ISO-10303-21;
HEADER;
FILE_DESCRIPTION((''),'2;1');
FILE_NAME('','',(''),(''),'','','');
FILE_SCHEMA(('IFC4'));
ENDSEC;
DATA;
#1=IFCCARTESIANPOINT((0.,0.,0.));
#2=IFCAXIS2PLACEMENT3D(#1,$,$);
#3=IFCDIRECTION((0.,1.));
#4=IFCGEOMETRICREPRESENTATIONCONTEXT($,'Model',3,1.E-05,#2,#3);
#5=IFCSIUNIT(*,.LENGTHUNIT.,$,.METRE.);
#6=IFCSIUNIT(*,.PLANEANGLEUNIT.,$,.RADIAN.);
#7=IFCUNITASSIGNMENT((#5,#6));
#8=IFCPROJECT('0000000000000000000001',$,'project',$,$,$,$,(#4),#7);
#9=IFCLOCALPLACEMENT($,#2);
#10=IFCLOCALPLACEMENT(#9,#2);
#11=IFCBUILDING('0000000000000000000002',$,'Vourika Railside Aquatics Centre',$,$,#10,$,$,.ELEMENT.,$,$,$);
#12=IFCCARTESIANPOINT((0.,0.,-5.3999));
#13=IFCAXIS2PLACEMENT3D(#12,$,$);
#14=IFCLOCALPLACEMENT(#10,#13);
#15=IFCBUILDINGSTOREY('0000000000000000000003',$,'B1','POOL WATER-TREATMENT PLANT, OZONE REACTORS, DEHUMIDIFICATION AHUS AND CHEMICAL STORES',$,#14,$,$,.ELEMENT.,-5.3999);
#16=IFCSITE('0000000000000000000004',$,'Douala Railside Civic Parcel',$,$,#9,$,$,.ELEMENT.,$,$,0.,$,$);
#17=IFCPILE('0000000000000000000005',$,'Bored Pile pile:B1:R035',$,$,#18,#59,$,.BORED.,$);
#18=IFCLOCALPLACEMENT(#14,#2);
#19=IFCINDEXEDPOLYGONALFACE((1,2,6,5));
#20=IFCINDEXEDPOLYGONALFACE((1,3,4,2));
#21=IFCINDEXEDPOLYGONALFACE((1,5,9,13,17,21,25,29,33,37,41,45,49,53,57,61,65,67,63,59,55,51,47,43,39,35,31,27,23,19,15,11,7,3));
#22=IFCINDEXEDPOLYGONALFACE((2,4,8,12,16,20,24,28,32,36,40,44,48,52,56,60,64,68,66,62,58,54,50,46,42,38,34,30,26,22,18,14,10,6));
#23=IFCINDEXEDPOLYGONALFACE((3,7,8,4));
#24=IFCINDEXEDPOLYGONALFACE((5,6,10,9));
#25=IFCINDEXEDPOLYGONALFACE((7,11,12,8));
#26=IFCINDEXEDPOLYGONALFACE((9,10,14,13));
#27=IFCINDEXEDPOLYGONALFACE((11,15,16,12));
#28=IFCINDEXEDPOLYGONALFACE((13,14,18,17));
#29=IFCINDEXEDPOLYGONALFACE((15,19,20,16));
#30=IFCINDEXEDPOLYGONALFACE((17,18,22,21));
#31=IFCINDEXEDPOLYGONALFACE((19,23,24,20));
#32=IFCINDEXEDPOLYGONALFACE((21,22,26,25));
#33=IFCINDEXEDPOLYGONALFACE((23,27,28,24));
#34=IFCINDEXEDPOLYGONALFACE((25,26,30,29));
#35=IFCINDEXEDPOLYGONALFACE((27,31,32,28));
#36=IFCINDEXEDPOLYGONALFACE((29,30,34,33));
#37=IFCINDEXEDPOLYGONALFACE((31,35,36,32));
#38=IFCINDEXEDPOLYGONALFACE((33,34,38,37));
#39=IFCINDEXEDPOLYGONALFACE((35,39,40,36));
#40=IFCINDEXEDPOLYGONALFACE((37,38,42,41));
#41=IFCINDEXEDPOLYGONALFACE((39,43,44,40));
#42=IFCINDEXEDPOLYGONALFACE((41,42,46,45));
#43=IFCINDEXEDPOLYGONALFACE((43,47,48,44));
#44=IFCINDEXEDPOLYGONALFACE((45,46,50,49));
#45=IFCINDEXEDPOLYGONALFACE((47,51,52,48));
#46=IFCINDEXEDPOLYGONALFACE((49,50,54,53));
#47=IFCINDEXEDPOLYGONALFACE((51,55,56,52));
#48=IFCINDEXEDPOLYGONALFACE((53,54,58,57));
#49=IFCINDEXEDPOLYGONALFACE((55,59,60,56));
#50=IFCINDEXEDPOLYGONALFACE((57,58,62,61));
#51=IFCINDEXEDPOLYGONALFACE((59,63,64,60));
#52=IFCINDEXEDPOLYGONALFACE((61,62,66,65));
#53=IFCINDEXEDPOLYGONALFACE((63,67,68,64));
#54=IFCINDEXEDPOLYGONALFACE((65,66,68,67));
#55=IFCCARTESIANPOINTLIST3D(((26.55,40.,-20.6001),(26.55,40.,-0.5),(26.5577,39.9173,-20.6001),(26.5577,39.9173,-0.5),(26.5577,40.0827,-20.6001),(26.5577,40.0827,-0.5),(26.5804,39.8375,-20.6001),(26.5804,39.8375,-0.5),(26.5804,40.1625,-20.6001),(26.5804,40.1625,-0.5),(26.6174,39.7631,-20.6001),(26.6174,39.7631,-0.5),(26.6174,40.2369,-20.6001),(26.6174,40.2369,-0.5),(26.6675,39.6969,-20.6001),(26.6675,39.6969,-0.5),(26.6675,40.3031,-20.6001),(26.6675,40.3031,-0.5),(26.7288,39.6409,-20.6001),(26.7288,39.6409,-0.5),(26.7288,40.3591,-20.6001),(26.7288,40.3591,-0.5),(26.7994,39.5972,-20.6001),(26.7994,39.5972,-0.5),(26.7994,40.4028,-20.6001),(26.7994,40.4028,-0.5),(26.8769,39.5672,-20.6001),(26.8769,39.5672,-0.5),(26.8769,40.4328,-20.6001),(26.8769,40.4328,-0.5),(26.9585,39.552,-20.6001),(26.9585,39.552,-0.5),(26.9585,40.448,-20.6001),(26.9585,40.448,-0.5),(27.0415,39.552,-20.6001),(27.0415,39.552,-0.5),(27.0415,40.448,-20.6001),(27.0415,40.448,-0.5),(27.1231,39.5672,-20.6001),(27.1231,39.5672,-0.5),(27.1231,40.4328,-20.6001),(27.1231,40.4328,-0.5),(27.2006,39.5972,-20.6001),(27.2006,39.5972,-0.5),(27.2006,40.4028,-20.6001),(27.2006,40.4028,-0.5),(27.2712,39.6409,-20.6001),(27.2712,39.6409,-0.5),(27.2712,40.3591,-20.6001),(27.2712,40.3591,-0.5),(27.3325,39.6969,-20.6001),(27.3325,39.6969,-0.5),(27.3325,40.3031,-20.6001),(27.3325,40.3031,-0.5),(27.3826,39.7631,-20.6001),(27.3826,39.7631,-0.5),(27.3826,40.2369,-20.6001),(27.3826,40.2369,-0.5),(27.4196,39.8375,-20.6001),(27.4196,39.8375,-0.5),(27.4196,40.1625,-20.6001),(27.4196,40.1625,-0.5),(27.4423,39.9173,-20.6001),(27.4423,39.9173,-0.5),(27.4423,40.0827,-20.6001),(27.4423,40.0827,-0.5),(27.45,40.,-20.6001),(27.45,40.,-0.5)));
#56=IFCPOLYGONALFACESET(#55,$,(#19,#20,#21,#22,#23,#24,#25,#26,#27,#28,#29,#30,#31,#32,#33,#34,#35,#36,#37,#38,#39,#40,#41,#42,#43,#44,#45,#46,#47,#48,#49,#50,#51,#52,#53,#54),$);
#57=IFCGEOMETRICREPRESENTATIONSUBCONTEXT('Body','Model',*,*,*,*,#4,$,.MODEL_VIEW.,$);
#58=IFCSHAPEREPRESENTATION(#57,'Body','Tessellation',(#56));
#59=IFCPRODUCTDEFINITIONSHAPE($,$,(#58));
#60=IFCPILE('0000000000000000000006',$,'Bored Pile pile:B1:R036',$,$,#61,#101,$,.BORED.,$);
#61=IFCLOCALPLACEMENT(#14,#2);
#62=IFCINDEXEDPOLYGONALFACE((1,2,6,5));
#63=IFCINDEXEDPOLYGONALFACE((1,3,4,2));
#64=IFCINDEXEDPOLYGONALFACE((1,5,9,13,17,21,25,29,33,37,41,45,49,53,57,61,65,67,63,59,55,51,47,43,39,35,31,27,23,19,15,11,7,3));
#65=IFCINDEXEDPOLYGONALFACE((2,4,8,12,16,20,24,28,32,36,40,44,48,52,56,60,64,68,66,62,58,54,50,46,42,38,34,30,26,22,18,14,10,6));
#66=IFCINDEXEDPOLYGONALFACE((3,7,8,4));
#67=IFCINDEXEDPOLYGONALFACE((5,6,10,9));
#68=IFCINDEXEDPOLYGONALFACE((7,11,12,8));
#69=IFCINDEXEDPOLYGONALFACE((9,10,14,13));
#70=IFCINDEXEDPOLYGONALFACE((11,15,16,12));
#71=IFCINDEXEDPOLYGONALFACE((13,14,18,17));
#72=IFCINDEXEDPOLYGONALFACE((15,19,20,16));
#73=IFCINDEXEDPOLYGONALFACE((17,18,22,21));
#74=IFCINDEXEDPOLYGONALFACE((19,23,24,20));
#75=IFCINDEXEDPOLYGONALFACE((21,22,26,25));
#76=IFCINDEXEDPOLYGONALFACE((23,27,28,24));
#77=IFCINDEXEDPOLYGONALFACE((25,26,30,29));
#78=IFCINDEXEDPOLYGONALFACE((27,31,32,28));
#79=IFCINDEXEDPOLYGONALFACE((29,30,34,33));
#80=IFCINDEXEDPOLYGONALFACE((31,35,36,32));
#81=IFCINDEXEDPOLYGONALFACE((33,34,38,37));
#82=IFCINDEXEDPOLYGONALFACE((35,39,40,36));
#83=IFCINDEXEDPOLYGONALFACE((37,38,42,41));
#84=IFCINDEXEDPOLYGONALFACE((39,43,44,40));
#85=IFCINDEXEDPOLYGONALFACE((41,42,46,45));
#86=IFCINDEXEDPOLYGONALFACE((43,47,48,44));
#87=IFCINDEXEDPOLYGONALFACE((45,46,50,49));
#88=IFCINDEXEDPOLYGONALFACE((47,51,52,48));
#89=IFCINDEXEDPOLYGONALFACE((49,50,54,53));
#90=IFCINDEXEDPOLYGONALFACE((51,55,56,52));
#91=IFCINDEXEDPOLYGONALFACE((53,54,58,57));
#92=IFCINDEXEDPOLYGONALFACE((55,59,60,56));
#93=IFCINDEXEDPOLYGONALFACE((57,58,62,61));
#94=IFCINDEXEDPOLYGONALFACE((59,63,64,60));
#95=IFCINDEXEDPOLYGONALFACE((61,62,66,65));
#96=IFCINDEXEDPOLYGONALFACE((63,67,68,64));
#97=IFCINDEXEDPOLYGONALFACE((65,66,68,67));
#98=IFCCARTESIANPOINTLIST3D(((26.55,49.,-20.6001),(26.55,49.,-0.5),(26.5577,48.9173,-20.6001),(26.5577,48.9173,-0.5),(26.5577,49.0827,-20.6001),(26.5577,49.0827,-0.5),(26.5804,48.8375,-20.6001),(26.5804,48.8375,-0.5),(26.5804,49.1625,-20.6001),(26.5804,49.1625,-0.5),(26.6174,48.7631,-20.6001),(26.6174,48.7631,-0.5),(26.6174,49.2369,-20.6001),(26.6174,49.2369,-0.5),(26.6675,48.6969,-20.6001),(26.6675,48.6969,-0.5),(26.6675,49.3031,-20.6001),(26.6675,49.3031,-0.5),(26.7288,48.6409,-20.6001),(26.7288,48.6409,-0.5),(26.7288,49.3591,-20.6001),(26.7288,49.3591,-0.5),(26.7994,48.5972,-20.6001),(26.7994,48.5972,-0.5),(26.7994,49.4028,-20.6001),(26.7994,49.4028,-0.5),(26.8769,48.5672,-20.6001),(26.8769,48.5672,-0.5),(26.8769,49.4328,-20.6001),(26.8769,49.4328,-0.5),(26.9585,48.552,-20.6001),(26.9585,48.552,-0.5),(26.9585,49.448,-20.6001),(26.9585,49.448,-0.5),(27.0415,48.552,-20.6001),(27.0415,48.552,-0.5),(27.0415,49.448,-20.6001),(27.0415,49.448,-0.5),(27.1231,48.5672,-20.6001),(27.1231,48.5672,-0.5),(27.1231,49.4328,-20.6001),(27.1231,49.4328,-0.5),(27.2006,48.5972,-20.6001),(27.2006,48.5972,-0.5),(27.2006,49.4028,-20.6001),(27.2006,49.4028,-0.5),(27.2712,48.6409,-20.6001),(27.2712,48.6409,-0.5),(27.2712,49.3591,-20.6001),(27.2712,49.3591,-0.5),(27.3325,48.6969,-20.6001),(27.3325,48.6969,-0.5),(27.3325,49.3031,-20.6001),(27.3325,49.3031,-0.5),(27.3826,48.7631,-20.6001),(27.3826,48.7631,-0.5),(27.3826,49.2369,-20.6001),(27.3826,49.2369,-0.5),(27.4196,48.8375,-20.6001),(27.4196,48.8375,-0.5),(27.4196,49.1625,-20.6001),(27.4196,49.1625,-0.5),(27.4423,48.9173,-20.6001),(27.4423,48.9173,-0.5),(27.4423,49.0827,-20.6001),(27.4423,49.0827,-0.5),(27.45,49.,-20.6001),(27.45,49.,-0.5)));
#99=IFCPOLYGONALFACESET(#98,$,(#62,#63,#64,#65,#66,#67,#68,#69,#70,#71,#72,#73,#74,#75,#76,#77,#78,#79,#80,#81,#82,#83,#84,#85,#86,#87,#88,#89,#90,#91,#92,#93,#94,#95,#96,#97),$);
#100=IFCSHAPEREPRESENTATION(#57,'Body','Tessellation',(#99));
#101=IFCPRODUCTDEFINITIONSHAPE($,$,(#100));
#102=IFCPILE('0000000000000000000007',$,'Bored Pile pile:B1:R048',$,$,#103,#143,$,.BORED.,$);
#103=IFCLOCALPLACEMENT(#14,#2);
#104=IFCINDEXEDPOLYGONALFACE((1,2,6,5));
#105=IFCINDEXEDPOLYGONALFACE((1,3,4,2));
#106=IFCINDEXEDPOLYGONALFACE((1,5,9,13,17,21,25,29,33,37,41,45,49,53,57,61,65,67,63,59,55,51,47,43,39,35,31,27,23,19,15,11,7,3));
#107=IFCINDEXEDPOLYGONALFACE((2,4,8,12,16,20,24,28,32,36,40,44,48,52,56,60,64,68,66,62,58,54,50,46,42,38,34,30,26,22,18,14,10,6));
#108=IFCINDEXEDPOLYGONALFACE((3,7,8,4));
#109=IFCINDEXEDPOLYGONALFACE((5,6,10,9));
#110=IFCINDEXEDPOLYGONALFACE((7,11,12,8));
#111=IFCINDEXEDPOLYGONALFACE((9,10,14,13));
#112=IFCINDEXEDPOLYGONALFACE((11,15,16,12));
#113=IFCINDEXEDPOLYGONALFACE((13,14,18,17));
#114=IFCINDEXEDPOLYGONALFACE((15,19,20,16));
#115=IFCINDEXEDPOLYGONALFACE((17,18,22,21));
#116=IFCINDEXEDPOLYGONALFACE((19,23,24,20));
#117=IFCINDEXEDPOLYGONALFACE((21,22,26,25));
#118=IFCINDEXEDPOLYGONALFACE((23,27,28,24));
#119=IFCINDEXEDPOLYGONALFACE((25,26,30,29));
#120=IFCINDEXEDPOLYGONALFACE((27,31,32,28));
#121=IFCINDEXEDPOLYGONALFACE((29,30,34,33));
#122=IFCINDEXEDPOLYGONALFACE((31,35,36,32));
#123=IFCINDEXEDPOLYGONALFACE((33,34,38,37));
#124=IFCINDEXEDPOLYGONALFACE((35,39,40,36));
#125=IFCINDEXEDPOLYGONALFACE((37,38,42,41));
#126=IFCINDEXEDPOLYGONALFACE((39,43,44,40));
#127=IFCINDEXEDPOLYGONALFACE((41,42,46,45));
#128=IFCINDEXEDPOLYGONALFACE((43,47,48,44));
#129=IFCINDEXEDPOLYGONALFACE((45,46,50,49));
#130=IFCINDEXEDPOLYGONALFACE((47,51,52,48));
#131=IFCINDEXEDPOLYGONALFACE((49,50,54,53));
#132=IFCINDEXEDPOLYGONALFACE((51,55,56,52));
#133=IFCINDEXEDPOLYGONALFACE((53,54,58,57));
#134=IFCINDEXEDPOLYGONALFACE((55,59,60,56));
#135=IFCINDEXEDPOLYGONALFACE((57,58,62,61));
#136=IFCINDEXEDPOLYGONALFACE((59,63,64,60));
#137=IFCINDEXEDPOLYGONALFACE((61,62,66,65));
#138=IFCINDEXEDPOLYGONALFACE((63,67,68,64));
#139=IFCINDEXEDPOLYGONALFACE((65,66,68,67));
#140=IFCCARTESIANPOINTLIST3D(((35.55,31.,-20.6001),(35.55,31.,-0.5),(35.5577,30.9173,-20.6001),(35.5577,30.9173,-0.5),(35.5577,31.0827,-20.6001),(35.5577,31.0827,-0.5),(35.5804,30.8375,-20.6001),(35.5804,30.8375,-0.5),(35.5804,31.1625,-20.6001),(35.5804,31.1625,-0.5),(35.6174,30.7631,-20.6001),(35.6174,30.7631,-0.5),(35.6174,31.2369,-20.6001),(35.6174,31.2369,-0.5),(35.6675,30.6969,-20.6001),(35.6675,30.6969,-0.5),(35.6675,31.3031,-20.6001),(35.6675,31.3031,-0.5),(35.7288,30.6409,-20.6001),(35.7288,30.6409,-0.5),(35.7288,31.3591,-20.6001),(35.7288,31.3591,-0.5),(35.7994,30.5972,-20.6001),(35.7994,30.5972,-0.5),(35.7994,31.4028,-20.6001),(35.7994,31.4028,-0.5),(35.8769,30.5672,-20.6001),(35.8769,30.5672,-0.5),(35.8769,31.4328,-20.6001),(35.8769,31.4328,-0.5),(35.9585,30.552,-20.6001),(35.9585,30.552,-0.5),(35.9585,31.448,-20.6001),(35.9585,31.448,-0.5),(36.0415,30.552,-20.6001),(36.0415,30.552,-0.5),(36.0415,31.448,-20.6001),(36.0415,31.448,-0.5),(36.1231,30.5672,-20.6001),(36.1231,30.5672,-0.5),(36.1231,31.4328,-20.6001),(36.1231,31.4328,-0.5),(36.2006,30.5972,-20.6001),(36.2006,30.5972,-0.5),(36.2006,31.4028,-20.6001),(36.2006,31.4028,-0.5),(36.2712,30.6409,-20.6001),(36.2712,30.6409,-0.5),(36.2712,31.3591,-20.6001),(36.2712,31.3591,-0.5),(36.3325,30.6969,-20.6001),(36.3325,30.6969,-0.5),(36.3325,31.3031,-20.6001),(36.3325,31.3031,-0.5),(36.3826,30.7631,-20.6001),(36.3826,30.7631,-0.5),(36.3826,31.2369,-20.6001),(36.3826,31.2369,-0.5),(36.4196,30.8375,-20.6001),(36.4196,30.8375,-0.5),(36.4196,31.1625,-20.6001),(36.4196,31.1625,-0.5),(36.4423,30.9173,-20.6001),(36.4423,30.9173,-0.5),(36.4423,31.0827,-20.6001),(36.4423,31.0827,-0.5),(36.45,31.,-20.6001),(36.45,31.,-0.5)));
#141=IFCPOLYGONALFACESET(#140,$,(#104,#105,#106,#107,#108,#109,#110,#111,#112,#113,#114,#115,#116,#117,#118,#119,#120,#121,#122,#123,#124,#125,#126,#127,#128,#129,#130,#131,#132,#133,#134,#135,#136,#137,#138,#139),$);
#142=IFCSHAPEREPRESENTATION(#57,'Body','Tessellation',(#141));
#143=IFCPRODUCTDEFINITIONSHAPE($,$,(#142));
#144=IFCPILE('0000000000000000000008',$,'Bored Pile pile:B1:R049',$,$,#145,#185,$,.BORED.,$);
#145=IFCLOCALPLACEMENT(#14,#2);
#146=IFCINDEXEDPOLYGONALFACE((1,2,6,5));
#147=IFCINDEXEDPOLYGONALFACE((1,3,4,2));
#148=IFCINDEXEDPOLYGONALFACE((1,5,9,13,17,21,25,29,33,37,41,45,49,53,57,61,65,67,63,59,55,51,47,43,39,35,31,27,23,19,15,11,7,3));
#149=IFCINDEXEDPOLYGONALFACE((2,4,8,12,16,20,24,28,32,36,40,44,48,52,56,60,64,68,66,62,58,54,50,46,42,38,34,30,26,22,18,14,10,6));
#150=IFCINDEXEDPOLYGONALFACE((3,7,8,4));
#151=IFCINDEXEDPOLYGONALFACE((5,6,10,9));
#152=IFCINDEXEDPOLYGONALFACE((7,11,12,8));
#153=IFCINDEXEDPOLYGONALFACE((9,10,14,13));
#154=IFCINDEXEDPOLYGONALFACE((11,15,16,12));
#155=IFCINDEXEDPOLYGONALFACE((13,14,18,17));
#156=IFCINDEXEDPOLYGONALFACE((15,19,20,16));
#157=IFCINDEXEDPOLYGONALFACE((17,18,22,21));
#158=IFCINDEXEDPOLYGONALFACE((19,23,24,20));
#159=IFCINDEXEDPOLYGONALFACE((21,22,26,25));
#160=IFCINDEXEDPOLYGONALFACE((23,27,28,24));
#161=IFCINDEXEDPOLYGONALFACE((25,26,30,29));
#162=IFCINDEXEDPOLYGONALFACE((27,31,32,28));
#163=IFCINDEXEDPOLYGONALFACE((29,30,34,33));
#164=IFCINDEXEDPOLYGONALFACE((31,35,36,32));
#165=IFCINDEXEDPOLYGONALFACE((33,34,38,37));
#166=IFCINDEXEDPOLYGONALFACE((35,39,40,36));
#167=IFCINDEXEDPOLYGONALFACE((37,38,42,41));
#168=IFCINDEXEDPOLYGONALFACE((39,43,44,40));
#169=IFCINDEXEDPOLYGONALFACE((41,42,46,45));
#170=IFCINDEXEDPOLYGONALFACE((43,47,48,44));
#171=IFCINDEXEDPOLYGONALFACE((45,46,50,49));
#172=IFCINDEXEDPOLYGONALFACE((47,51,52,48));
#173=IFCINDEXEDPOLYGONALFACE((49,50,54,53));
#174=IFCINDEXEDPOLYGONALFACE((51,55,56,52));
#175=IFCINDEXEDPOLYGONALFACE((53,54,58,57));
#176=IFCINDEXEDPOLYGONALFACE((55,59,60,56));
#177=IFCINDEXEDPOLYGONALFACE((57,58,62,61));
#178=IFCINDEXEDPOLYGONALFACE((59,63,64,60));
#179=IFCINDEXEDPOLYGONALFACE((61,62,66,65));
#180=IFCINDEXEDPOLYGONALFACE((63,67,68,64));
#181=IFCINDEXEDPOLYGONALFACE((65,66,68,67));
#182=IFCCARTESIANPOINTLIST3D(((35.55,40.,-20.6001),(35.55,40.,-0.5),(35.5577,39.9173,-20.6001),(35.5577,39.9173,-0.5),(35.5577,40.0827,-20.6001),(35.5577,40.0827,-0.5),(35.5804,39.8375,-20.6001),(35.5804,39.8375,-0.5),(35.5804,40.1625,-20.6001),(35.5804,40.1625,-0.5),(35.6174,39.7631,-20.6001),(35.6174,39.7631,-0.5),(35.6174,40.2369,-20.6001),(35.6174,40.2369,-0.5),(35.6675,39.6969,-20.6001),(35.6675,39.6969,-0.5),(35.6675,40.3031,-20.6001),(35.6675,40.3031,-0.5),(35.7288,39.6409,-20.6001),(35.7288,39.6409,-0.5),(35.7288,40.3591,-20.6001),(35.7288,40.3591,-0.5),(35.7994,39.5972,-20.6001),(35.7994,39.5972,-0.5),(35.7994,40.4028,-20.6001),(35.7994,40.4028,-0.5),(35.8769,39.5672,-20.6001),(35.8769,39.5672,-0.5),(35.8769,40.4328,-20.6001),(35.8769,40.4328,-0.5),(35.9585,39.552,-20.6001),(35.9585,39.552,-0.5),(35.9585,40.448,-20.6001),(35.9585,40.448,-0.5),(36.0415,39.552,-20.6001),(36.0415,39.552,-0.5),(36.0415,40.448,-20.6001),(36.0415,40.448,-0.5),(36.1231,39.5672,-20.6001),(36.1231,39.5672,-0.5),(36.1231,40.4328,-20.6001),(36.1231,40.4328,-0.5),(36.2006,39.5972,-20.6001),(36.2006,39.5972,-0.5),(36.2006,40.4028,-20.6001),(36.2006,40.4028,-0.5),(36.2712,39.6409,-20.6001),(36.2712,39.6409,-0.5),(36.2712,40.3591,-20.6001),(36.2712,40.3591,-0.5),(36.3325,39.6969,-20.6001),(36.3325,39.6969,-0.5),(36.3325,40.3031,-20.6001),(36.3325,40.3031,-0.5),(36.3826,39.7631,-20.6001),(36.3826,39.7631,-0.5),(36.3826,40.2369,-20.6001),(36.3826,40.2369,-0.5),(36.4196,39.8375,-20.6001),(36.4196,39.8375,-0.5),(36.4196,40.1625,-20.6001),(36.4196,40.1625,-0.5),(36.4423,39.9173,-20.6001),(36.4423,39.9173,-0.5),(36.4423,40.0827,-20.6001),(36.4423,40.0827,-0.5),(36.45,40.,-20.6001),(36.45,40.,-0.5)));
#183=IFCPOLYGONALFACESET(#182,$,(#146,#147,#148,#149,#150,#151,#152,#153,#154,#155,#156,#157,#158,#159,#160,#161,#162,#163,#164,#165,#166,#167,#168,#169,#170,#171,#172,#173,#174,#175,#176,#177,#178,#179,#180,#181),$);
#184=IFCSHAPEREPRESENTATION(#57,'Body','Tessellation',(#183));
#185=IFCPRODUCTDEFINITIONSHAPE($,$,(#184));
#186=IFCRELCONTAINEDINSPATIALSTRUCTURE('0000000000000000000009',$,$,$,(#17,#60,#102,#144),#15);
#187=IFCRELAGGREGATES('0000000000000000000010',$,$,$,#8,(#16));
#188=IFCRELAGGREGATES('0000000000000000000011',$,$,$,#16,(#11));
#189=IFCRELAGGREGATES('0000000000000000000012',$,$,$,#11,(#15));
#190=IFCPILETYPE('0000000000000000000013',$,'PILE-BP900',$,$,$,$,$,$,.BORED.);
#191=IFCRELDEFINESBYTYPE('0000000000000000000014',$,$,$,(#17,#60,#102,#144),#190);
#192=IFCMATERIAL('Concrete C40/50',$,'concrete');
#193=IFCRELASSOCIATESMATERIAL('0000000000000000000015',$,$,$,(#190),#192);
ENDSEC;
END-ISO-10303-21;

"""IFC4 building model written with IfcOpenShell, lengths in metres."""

from ifc_helpers import new_model, si_unit, direction, frame, origin, origin_2d, place, context, subcontext, project, spatial, circle, extrude, material, material_profile, profile_set, type_object, element, save


model = new_model("IFC4")

# Units and contexts
model_context = context("Model", 3, precision=1e-05, world=origin(), true_north=direction((0.0, 1.0)))
body_context = subcontext(model_context, "Body", "Model", "MODEL_VIEW")
ifc_project = project(units=[si_unit("LENGTHUNIT", "METRE"), si_unit("PLANEANGLEUNIT", "RADIAN")], contexts=[model_context])

# Site, building, storey
site_placement = place(None, origin())
site = spatial("IfcSite", under=ifc_project, at=site_placement, Name="Douala Railside Civic Parcel", CompositionType="ELEMENT", RefElevation=0.0)
building_placement = place(site_placement, origin())
building = spatial("IfcBuilding", under=site, at=building_placement, Name="Vourika Railside Aquatics Centre", CompositionType="ELEMENT")
storey_placement = place(building_placement, frame((0.0, 0.0, -5.3999)))
storey = spatial("IfcBuildingStorey", under=building, at=storey_placement, Name="B1", Description="POOL WATER-TREATMENT PLANT, OZONE REACTORS, DEHUMIDIFICATION AHUS AND CHEMICAL STORES", CompositionType="ELEMENT", Elevation=-5.3999)

# Piles
ifc_material_1 = material(Name="Concrete C40/50", Category="concrete")
ifc_material_profile_1 = material_profile(ifc_material_1, circle(Radius=0.45, at=origin_2d()), Name="BP 900")
ifc_profile_set_1 = profile_set([ifc_material_profile_1], Name="Concrete C40/50")
pile_type = type_object("IfcPileType", Name="PILE-BP900", PredefinedType="BORED", material=ifc_profile_set_1)
for number, where, z_axis, x_axis, name in (
    (1, (27.0, 40.0, -0.5), (0.0, 0.0, -1.0), (1.0, 0.0, 0.0), "Bored Pile pile:B1:R035"),
    (2, (27.0, 49.0, -0.5), (0.0, 0.0, -1.0), (1.0, 0.0, 0.0), "Bored Pile pile:B1:R036"),
    (3, (36.0, 31.0, -0.5), (0.0, 0.0, -1.0), (1.0, 0.0, 0.0), "Bored Pile pile:B1:R048"),
    (4, (36.0, 40.0, -0.5), (0.0, 0.0, -1.0), (1.0, 0.0, 0.0), "Bored Pile pile:B1:R049"),
):
    element("IfcPile", number, at=place(storey_placement, frame(where, z_axis=z_axis, x_axis=x_axis)), inside=storey, type_object=pile_type, Name=name, PredefinedType="BORED", context=body_context, shape_type="SweptSolid", body=[
        extrude(circle(Radius=0.45, at=origin_2d()), origin(), (0.0, 0.0, 1.0), 20.1001),
    ])

save(model, "model.ifc")
